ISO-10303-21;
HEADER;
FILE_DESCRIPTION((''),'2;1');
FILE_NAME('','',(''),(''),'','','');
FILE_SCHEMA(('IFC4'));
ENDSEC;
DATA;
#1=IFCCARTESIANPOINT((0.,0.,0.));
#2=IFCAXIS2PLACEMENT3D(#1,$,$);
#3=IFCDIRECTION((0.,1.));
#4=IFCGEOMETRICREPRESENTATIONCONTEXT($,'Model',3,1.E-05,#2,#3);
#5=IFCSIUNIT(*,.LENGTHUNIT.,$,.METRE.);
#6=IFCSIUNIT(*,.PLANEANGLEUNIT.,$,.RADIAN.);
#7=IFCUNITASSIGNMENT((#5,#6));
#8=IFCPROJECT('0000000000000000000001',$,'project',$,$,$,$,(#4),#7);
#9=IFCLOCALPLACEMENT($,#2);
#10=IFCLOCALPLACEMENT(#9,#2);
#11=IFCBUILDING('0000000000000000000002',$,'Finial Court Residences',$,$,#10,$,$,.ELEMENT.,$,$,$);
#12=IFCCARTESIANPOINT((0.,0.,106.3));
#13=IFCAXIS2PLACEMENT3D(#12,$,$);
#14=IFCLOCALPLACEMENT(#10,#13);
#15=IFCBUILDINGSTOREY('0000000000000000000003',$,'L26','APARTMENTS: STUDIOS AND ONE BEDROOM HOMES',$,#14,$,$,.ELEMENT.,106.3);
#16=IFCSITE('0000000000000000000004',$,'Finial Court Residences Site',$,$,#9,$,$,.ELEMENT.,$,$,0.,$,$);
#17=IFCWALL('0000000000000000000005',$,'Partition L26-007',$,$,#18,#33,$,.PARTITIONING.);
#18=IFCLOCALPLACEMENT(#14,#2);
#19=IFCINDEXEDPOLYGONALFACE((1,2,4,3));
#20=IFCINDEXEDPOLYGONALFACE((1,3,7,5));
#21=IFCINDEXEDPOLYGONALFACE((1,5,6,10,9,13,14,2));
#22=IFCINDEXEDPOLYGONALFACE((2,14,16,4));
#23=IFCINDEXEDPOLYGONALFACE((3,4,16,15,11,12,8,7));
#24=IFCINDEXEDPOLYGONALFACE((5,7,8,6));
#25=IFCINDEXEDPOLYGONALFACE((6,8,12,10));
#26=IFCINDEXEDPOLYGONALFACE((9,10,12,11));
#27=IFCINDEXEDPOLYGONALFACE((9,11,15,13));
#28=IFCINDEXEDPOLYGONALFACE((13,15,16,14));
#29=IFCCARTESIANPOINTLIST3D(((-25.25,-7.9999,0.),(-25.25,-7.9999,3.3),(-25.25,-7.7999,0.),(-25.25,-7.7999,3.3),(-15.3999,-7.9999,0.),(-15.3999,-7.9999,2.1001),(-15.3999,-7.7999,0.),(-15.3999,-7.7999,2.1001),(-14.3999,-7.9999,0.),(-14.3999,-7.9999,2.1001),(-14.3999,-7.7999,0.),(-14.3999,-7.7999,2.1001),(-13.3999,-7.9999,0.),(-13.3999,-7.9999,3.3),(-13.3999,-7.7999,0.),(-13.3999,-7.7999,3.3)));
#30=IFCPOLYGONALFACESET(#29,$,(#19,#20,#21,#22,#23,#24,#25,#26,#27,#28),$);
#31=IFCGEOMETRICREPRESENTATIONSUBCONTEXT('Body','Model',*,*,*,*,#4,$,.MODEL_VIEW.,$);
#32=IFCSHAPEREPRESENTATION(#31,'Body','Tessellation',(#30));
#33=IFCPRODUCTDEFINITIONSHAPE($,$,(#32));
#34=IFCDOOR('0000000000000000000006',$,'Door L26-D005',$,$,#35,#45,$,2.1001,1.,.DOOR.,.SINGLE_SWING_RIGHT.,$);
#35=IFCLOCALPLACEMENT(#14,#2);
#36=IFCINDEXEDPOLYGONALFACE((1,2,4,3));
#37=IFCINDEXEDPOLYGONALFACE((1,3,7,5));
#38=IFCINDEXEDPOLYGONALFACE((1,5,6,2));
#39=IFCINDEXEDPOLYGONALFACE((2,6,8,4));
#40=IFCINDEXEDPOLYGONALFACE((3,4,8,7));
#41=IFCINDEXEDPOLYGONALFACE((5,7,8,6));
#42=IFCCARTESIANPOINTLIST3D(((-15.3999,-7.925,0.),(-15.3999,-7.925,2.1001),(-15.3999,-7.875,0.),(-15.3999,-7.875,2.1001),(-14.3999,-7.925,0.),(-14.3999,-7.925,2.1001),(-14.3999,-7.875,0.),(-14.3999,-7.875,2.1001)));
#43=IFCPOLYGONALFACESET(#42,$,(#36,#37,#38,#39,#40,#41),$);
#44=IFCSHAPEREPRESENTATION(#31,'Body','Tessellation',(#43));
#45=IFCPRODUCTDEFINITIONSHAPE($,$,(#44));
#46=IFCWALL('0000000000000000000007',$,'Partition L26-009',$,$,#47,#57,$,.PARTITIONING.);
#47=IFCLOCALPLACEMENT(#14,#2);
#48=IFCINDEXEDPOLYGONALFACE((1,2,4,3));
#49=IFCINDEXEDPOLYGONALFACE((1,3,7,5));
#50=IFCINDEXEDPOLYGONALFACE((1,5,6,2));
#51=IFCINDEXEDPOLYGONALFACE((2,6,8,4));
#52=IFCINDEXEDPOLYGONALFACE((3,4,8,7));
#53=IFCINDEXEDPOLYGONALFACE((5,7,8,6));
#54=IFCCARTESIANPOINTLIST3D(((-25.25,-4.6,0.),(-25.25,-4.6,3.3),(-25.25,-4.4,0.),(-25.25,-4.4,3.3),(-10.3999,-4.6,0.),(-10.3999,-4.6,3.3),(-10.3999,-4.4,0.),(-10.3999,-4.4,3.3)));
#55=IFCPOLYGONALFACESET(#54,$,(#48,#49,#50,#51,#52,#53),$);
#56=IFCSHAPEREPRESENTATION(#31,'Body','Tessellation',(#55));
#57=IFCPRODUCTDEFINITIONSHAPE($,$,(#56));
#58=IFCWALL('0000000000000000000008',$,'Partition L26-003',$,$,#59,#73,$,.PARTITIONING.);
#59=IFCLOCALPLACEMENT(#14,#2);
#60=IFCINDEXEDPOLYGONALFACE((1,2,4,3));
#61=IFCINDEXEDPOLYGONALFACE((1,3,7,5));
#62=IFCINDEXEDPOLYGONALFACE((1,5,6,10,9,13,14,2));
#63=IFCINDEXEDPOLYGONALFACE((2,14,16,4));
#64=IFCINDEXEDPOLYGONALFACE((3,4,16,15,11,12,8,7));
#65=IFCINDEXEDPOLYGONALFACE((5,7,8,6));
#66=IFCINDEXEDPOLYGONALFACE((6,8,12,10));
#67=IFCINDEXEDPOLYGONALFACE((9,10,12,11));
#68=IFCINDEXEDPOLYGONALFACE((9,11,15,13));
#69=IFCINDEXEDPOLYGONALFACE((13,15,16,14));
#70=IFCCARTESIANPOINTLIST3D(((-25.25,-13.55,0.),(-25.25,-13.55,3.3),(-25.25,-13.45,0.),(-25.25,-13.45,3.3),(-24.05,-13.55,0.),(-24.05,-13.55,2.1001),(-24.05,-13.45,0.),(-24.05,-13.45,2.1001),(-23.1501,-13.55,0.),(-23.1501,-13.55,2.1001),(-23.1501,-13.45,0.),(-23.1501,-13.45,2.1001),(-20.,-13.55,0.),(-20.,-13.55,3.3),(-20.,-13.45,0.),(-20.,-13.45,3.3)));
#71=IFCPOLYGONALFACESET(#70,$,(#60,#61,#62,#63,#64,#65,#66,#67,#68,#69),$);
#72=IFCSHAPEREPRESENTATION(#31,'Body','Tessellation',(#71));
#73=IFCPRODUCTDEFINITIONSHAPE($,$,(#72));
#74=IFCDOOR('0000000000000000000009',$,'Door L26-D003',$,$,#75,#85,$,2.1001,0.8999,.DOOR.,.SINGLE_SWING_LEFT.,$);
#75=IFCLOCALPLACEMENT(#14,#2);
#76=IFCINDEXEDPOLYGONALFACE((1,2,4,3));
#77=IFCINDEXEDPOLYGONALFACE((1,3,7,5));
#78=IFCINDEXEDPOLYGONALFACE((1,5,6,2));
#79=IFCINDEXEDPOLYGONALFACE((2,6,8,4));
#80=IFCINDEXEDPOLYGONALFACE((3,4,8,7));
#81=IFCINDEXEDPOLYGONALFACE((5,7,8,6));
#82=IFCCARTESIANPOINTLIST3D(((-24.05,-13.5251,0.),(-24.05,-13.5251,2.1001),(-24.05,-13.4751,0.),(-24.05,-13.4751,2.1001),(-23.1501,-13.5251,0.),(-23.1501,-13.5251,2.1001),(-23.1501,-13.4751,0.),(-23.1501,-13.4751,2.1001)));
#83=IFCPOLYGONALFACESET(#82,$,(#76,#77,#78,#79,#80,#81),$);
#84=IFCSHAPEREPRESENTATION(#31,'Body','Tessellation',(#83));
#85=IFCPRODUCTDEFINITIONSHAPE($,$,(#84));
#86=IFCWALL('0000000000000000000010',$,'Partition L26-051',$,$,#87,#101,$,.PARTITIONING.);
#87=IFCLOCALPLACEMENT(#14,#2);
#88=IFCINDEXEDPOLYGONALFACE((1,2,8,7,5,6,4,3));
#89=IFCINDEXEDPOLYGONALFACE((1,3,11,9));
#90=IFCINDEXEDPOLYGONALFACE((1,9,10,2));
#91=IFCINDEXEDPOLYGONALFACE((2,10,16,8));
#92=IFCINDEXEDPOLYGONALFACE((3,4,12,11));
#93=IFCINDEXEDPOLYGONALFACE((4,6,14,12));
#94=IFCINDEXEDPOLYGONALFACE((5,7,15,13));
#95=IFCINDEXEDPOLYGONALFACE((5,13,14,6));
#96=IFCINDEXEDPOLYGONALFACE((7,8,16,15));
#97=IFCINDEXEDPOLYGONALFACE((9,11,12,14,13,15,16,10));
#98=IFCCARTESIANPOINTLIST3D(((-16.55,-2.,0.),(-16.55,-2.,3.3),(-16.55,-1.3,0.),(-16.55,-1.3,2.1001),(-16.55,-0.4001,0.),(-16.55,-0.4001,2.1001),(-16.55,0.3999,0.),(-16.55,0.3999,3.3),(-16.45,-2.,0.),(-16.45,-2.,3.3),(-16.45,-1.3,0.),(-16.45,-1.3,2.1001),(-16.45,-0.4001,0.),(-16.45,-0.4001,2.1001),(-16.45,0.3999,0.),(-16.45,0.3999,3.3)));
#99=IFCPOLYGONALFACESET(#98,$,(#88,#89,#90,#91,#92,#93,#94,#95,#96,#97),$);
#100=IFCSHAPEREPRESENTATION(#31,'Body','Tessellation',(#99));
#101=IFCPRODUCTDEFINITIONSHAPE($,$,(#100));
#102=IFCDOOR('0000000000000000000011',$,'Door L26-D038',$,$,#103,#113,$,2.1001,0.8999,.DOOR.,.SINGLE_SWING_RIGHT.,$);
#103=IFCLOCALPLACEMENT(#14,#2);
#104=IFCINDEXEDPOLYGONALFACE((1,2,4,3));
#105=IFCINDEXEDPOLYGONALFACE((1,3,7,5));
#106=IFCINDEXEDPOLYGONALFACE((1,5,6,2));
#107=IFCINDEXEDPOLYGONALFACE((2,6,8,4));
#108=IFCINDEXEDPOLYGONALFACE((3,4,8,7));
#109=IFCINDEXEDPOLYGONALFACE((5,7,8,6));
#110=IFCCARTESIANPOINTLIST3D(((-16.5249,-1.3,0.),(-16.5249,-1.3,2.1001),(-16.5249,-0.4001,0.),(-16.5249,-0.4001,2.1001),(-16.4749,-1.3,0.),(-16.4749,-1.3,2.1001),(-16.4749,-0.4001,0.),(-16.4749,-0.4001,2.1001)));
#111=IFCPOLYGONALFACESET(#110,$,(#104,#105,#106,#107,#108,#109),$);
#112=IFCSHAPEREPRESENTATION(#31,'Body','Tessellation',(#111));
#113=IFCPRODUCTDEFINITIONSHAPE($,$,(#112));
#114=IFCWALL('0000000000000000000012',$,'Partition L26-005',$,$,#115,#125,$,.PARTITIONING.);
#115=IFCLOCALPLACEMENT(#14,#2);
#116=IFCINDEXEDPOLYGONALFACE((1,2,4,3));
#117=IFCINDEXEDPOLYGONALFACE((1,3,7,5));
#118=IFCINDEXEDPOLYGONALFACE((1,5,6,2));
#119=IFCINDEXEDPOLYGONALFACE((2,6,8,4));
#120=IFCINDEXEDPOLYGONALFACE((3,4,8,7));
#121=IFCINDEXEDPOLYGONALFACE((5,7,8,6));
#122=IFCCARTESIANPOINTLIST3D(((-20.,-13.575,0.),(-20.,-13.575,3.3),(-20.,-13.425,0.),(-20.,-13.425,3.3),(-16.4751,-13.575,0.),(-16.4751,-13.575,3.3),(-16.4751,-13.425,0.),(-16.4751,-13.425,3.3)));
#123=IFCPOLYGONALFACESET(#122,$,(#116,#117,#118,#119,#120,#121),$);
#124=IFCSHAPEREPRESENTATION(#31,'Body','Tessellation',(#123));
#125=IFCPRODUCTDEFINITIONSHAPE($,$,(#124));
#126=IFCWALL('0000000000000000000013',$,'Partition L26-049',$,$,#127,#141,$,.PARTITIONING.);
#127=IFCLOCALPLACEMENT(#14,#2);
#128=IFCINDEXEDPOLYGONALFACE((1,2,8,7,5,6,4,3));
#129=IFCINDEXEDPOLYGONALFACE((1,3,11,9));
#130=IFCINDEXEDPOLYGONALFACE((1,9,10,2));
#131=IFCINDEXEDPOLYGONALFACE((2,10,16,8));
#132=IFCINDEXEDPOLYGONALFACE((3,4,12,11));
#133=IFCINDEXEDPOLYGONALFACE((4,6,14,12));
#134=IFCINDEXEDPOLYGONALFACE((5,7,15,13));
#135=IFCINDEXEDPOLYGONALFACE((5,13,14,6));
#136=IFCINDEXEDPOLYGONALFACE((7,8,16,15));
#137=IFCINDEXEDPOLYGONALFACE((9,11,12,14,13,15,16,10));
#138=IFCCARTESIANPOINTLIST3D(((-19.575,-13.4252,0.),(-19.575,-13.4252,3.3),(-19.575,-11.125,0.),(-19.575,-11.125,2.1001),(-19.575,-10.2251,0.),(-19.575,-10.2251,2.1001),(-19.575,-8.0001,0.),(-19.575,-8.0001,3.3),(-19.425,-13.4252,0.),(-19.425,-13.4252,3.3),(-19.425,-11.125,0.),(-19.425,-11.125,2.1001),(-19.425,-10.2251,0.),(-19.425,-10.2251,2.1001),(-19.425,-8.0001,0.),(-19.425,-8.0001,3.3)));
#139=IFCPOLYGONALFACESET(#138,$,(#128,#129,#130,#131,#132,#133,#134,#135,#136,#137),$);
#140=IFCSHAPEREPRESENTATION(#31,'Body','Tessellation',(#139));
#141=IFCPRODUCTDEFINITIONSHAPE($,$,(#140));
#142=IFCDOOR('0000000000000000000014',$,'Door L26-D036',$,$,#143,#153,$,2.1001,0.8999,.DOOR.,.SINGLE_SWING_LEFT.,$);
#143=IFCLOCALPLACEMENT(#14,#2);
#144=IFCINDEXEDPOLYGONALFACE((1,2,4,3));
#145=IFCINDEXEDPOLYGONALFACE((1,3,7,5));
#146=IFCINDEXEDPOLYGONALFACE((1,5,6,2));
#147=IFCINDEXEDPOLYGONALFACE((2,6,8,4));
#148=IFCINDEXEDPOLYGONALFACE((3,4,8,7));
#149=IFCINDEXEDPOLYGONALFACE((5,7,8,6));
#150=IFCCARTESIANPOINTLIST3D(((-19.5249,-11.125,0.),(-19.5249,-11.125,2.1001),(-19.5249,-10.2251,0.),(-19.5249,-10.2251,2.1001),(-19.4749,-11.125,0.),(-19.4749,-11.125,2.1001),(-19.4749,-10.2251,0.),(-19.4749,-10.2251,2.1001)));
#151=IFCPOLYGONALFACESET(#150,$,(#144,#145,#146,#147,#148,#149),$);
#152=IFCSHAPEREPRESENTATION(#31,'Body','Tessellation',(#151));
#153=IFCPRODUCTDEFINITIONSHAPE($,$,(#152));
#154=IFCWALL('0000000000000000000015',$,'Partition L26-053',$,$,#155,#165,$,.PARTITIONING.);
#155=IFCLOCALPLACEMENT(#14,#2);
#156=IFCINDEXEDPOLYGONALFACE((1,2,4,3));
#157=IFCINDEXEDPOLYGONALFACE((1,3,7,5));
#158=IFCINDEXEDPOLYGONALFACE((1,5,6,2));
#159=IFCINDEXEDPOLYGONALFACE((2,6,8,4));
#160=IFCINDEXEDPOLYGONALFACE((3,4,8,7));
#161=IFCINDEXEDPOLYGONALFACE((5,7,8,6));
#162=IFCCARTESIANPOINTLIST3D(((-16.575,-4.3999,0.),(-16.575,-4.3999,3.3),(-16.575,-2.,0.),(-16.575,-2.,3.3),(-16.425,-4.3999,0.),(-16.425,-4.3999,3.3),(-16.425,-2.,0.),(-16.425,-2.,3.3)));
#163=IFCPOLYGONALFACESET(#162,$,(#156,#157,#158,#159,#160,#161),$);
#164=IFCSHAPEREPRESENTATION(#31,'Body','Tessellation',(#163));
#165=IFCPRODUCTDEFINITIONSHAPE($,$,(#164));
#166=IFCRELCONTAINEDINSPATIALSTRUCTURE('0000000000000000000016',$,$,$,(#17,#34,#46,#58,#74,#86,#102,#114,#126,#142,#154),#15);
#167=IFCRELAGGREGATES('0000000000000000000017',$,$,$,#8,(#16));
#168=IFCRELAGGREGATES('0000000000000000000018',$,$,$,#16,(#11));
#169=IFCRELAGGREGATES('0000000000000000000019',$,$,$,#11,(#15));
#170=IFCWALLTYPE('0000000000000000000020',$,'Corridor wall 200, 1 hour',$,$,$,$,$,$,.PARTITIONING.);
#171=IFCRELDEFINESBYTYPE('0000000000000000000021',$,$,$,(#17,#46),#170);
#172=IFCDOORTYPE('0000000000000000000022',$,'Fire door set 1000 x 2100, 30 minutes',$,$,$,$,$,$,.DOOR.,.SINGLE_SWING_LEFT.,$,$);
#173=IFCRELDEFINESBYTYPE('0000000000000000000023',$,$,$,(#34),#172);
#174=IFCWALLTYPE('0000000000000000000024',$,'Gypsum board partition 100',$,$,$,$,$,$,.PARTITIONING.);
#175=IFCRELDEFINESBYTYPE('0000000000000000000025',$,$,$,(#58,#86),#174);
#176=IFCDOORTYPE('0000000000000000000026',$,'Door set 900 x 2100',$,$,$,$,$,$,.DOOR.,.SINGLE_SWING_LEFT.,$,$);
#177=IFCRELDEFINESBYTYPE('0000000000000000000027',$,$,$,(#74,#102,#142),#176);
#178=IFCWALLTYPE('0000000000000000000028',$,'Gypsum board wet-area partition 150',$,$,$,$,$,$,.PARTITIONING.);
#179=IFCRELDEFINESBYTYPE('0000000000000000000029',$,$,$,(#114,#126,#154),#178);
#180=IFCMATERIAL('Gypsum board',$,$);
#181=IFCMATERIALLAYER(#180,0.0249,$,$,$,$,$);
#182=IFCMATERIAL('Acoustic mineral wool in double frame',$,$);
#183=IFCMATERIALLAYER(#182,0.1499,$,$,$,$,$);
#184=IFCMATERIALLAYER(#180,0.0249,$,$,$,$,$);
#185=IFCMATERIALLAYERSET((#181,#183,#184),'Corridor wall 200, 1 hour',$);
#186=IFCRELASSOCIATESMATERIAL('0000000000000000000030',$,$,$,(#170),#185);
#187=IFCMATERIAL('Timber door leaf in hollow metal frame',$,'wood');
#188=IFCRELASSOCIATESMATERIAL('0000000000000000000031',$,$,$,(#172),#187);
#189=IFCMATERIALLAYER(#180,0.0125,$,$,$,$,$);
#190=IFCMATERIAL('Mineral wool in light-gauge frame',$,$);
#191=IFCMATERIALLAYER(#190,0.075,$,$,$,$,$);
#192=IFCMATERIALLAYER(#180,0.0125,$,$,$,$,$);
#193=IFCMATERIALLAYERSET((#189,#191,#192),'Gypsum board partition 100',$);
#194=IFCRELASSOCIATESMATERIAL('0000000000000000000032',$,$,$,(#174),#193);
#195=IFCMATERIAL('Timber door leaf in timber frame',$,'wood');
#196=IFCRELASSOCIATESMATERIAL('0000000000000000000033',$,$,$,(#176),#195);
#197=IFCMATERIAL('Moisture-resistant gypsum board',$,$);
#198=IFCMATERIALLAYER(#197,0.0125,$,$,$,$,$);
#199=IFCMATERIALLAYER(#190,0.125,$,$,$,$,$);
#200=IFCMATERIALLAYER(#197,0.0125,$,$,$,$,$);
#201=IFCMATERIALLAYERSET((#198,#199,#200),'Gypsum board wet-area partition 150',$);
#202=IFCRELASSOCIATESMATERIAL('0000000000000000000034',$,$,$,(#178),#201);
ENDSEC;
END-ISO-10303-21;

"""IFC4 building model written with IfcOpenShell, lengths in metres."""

from ifc_helpers import new_model, si_unit, direction, frame, frame_2d, origin, place, context, subcontext, project, spatial, rectangle, extrude, material, layer, layer_set, type_object, element, fill, save


model = new_model("IFC4")

# Units and contexts
model_context = context("Model", 3, precision=1e-05, world=origin(), true_north=direction((0.0, 1.0)))
body_context = subcontext(model_context, "Body", "Model", "MODEL_VIEW")
ifc_project = project(units=[si_unit("LENGTHUNIT", "METRE"), si_unit("PLANEANGLEUNIT", "RADIAN")], contexts=[model_context])

# Site, building, storey
site_placement = place(None, origin())
site = spatial("IfcSite", under=ifc_project, at=site_placement, Name="Finial Court Residences Site", CompositionType="ELEMENT", RefElevation=0.0)
building_placement = place(site_placement, origin())
building = spatial("IfcBuilding", under=site, at=building_placement, Name="Finial Court Residences", CompositionType="ELEMENT")
storey_placement = place(building_placement, frame((0.0, 0.0, 106.3)))
storey = spatial("IfcBuildingStorey", under=building, at=storey_placement, Name="L26", Description="APARTMENTS: STUDIOS AND ONE BEDROOM HOMES", CompositionType="ELEMENT", Elevation=106.3)

# Wall, opening, door
ifc_material_1 = material(Name="Gypsum board")
ifc_layer_1 = layer(ifc_material_1, 0.0249)
ifc_material_2 = material(Name="Acoustic mineral wool in double frame")
ifc_layer_2 = layer(ifc_material_2, 0.1499)
ifc_layer_3 = layer(ifc_material_1, 0.0249)
ifc_layer_set_1 = layer_set([ifc_layer_1, ifc_layer_2, ifc_layer_3], Name="Corridor wall 200, 1 hour")
wall_type_1 = type_object("IfcWallType", Name="Corridor wall 200, 1 hour", PredefinedType="PARTITIONING", material=ifc_layer_set_1)
wall_1_placement = place(storey_placement, frame((-25.25, -7.8999, 0.0), z_axis=(0.0, 0.0, 1.0), x_axis=(1.0, 0.0, 0.0)))
wall_1 = element("IfcWall", 1, at=wall_1_placement, inside=storey, type_object=wall_type_1, Name="Partition L26-007", PredefinedType="PARTITIONING", context=body_context, shape_type="SweptSolid", body=[
    extrude(rectangle(XDim=11.8501, YDim=0.2, at=frame_2d((5.925, 0.0))), origin(), (0.0, 0.0, 1.0), 3.3),
])
opening_1_placement = place(wall_1_placement, frame((9.8501, 0.0, 0.0)))
opening_1 = element("IfcOpeningElement", 2, at=opening_1_placement, cuts=wall_1, PredefinedType="OPENING", context=body_context, shape_type="SweptSolid", body=[
    extrude(rectangle(XDim=1.0, YDim=2.1001, at=frame_2d((0.5, 1.05))), frame((0.0, 0.1099, 0.0), z_axis=(0.0, -1.0, 0.0), x_axis=(1.0, 0.0, 0.0)), (0.0, 0.0, 1.0), 0.22),
])
ifc_material_3 = material(Name="Timber door leaf in hollow metal frame", Category="wood")
door_type_1 = type_object("IfcDoorType", Name="Fire door set 1000 x 2100, 30 minutes", OperationType="SINGLE_SWING_LEFT", PredefinedType="DOOR", material=ifc_material_3)
door_1_placement = place(opening_1_placement, origin())
door_1 = element("IfcDoor", 3, at=door_1_placement, inside=storey, type_object=door_type_1, Name="Door L26-D005", OperationType="SINGLE_SWING_RIGHT", OverallHeight=2.1001, OverallWidth=1.0, PredefinedType="DOOR", context=body_context, shape_type="SweptSolid", body=[
    extrude(rectangle(XDim=1.0, YDim=2.1001, at=frame_2d((0.5, 1.05))), frame((0.0, 0.0249, 0.0), z_axis=(0.0, -1.0, 0.0), x_axis=(1.0, 0.0, 0.0)), (0.0, 0.0, 1.0), 0.05),
])
fill(opening_1, door_1)

# Wall
wall_2_placement = place(storey_placement, frame((-25.25, -4.5, 0.0), z_axis=(0.0, 0.0, 1.0), x_axis=(1.0, 0.0, 0.0)))
element("IfcWall", 4, at=wall_2_placement, inside=storey, type_object=wall_type_1, Name="Partition L26-009", PredefinedType="PARTITIONING", context=body_context, shape_type="SweptSolid", body=[
    extrude(rectangle(XDim=14.8501, YDim=0.2, at=frame_2d((7.425, 0.0))), origin(), (0.0, 0.0, 1.0), 3.3),
])

# Walls, openings, doors
ifc_layer_4 = layer(ifc_material_1, 0.0125)
ifc_material_4 = material(Name="Mineral wool in light-gauge frame")
ifc_layer_5 = layer(ifc_material_4, 0.075)
ifc_layer_6 = layer(ifc_material_1, 0.0125)
ifc_layer_set_2 = layer_set([ifc_layer_4, ifc_layer_5, ifc_layer_6], Name="Gypsum board partition 100")
wall_type_2 = type_object("IfcWallType", Name="Gypsum board partition 100", PredefinedType="PARTITIONING", material=ifc_layer_set_2)
wall_3_placement = place(storey_placement, frame((-25.25, -13.5, 0.0), z_axis=(0.0, 0.0, 1.0), x_axis=(1.0, 0.0, 0.0)))
wall_3 = element("IfcWall", 5, at=wall_3_placement, inside=storey, type_object=wall_type_2, Name="Partition L26-003", PredefinedType="PARTITIONING", context=body_context, shape_type="SweptSolid", body=[
    extrude(rectangle(XDim=5.25, YDim=0.1001, at=frame_2d((2.625, 0.0))), origin(), (0.0, 0.0, 1.0), 3.3),
])
opening_2_placement = place(wall_3_placement, frame((1.2, 0.0, 0.0)))
opening_2 = element("IfcOpeningElement", 6, at=opening_2_placement, cuts=wall_3, PredefinedType="OPENING", context=body_context, shape_type="SweptSolid", body=[
    extrude(rectangle(XDim=0.8999, YDim=2.1001, at=frame_2d((0.45, 1.05))), frame((0.0, 0.0601, 0.0), z_axis=(0.0, -1.0, 0.0), x_axis=(1.0, 0.0, 0.0)), (0.0, 0.0, 1.0), 0.1201),
])
ifc_material_5 = material(Name="Timber door leaf in timber frame", Category="wood")
door_type_2 = type_object("IfcDoorType", Name="Door set 900 x 2100", OperationType="SINGLE_SWING_LEFT", PredefinedType="DOOR", material=ifc_material_5)
door_2_placement = place(opening_2_placement, origin())
door_2 = element("IfcDoor", 7, at=door_2_placement, inside=storey, type_object=door_type_2, Name="Door L26-D003", OperationType="SINGLE_SWING_LEFT", OverallHeight=2.1001, OverallWidth=0.8999, PredefinedType="DOOR", context=body_context, shape_type="SweptSolid", body=[
    extrude(rectangle(XDim=0.8999, YDim=2.1001, at=frame_2d((0.45, 1.05))), frame((0.0, 0.0249, 0.0), z_axis=(0.0, -1.0, 0.0), x_axis=(1.0, 0.0, 0.0)), (0.0, 0.0, 1.0), 0.05),
])
fill(opening_2, door_2)
wall_4_placement = place(storey_placement, frame((-16.5, -2.0, 0.0), z_axis=(0.0, 0.0, 1.0), x_axis=(0.0, 1.0, 0.0)))
wall_4 = element("IfcWall", 8, at=wall_4_placement, inside=storey, type_object=wall_type_2, Name="Partition L26-051", PredefinedType="PARTITIONING", context=body_context, shape_type="SweptSolid", body=[
    extrude(rectangle(XDim=2.3999, YDim=0.1001, at=frame_2d((1.2, 0.0))), origin(), (0.0, 0.0, 1.0), 3.3),
])
opening_3_placement = place(wall_4_placement, frame((0.7, 0.0, 0.0)))
opening_3 = element("IfcOpeningElement", 9, at=opening_3_placement, cuts=wall_4, PredefinedType="OPENING", context=body_context, shape_type="SweptSolid", body=[
    extrude(rectangle(XDim=0.8999, YDim=2.1001, at=frame_2d((0.45, 1.05))), frame((0.0, 0.0601, 0.0), z_axis=(0.0, -1.0, 0.0), x_axis=(1.0, 0.0, 0.0)), (0.0, 0.0, 1.0), 0.1201),
])
door_3_placement = place(opening_3_placement, origin())
door_3 = element("IfcDoor", 10, at=door_3_placement, inside=storey, type_object=door_type_2, Name="Door L26-D038", OperationType="SINGLE_SWING_RIGHT", OverallHeight=2.1001, OverallWidth=0.8999, PredefinedType="DOOR", context=body_context, shape_type="SweptSolid", body=[
    extrude(rectangle(XDim=0.8999, YDim=2.1001, at=frame_2d((0.45, 1.05))), frame((0.0, 0.0249, 0.0), z_axis=(0.0, -1.0, 0.0), x_axis=(1.0, 0.0, 0.0)), (0.0, 0.0, 1.0), 0.05),
])
fill(opening_3, door_3)

# Wall
ifc_material_6 = material(Name="Moisture-resistant gypsum board")
ifc_layer_7 = layer(ifc_material_6, 0.0125)
ifc_layer_8 = layer(ifc_material_4, 0.125)
ifc_layer_9 = layer(ifc_material_6, 0.0125)
ifc_layer_set_3 = layer_set([ifc_layer_7, ifc_layer_8, ifc_layer_9], Name="Gypsum board wet-area partition 150")
wall_type_3 = type_object("IfcWallType", Name="Gypsum board wet-area partition 150", PredefinedType="PARTITIONING", material=ifc_layer_set_3)
wall_5_placement = place(storey_placement, frame((-20.0, -13.5, 0.0), z_axis=(0.0, 0.0, 1.0), x_axis=(1.0, 0.0, 0.0)))
element("IfcWall", 11, at=wall_5_placement, inside=storey, type_object=wall_type_3, Name="Partition L26-005", PredefinedType="PARTITIONING", context=body_context, shape_type="SweptSolid", body=[
    extrude(rectangle(XDim=3.5249, YDim=0.1499, at=frame_2d((1.7625, 0.0))), origin(), (0.0, 0.0, 1.0), 3.3),
])

# Wall, opening, door
wall_6_placement = place(storey_placement, frame((-19.5, -13.425, 0.0), z_axis=(0.0, 0.0, 1.0), x_axis=(0.0, 1.0, 0.0)))
wall_6 = element("IfcWall", 12, at=wall_6_placement, inside=storey, type_object=wall_type_3, Name="Partition L26-049", PredefinedType="PARTITIONING", context=body_context, shape_type="SweptSolid", body=[
    extrude(rectangle(XDim=5.425, YDim=0.1499, at=frame_2d((2.7124, 0.0))), origin(), (0.0, 0.0, 1.0), 3.3),
])
opening_4_placement = place(wall_6_placement, frame((2.3, 0.0, 0.0)))
opening_4 = element("IfcOpeningElement", 13, at=opening_4_placement, cuts=wall_6, PredefinedType="OPENING", context=body_context, shape_type="SweptSolid", body=[
    extrude(rectangle(XDim=0.8999, YDim=2.1001, at=frame_2d((0.45, 1.05))), frame((0.0, 0.085, 0.0), z_axis=(0.0, -1.0, 0.0), x_axis=(1.0, 0.0, 0.0)), (0.0, 0.0, 1.0), 0.1699),
])
door_4_placement = place(opening_4_placement, origin())
door_4 = element("IfcDoor", 14, at=door_4_placement, inside=storey, type_object=door_type_2, Name="Door L26-D036", OperationType="SINGLE_SWING_LEFT", OverallHeight=2.1001, OverallWidth=0.8999, PredefinedType="DOOR", context=body_context, shape_type="SweptSolid", body=[
    extrude(rectangle(XDim=0.8999, YDim=2.1001, at=frame_2d((0.45, 1.05))), frame((0.0, 0.0249, 0.0), z_axis=(0.0, -1.0, 0.0), x_axis=(1.0, 0.0, 0.0)), (0.0, 0.0, 1.0), 0.05),
])
fill(opening_4, door_4)

# Wall
wall_7_placement = place(storey_placement, frame((-16.5, -4.3999, 0.0), z_axis=(0.0, 0.0, 1.0), x_axis=(0.0, 1.0, 0.0)))
element("IfcWall", 15, at=wall_7_placement, inside=storey, type_object=wall_type_3, Name="Partition L26-053", PredefinedType="PARTITIONING", context=body_context, shape_type="SweptSolid", body=[
    extrude(rectangle(XDim=2.3999, YDim=0.1499, at=frame_2d((1.2, 0.0))), origin(), (0.0, 0.0, 1.0), 3.3),
])

save(model, "model.ifc")
